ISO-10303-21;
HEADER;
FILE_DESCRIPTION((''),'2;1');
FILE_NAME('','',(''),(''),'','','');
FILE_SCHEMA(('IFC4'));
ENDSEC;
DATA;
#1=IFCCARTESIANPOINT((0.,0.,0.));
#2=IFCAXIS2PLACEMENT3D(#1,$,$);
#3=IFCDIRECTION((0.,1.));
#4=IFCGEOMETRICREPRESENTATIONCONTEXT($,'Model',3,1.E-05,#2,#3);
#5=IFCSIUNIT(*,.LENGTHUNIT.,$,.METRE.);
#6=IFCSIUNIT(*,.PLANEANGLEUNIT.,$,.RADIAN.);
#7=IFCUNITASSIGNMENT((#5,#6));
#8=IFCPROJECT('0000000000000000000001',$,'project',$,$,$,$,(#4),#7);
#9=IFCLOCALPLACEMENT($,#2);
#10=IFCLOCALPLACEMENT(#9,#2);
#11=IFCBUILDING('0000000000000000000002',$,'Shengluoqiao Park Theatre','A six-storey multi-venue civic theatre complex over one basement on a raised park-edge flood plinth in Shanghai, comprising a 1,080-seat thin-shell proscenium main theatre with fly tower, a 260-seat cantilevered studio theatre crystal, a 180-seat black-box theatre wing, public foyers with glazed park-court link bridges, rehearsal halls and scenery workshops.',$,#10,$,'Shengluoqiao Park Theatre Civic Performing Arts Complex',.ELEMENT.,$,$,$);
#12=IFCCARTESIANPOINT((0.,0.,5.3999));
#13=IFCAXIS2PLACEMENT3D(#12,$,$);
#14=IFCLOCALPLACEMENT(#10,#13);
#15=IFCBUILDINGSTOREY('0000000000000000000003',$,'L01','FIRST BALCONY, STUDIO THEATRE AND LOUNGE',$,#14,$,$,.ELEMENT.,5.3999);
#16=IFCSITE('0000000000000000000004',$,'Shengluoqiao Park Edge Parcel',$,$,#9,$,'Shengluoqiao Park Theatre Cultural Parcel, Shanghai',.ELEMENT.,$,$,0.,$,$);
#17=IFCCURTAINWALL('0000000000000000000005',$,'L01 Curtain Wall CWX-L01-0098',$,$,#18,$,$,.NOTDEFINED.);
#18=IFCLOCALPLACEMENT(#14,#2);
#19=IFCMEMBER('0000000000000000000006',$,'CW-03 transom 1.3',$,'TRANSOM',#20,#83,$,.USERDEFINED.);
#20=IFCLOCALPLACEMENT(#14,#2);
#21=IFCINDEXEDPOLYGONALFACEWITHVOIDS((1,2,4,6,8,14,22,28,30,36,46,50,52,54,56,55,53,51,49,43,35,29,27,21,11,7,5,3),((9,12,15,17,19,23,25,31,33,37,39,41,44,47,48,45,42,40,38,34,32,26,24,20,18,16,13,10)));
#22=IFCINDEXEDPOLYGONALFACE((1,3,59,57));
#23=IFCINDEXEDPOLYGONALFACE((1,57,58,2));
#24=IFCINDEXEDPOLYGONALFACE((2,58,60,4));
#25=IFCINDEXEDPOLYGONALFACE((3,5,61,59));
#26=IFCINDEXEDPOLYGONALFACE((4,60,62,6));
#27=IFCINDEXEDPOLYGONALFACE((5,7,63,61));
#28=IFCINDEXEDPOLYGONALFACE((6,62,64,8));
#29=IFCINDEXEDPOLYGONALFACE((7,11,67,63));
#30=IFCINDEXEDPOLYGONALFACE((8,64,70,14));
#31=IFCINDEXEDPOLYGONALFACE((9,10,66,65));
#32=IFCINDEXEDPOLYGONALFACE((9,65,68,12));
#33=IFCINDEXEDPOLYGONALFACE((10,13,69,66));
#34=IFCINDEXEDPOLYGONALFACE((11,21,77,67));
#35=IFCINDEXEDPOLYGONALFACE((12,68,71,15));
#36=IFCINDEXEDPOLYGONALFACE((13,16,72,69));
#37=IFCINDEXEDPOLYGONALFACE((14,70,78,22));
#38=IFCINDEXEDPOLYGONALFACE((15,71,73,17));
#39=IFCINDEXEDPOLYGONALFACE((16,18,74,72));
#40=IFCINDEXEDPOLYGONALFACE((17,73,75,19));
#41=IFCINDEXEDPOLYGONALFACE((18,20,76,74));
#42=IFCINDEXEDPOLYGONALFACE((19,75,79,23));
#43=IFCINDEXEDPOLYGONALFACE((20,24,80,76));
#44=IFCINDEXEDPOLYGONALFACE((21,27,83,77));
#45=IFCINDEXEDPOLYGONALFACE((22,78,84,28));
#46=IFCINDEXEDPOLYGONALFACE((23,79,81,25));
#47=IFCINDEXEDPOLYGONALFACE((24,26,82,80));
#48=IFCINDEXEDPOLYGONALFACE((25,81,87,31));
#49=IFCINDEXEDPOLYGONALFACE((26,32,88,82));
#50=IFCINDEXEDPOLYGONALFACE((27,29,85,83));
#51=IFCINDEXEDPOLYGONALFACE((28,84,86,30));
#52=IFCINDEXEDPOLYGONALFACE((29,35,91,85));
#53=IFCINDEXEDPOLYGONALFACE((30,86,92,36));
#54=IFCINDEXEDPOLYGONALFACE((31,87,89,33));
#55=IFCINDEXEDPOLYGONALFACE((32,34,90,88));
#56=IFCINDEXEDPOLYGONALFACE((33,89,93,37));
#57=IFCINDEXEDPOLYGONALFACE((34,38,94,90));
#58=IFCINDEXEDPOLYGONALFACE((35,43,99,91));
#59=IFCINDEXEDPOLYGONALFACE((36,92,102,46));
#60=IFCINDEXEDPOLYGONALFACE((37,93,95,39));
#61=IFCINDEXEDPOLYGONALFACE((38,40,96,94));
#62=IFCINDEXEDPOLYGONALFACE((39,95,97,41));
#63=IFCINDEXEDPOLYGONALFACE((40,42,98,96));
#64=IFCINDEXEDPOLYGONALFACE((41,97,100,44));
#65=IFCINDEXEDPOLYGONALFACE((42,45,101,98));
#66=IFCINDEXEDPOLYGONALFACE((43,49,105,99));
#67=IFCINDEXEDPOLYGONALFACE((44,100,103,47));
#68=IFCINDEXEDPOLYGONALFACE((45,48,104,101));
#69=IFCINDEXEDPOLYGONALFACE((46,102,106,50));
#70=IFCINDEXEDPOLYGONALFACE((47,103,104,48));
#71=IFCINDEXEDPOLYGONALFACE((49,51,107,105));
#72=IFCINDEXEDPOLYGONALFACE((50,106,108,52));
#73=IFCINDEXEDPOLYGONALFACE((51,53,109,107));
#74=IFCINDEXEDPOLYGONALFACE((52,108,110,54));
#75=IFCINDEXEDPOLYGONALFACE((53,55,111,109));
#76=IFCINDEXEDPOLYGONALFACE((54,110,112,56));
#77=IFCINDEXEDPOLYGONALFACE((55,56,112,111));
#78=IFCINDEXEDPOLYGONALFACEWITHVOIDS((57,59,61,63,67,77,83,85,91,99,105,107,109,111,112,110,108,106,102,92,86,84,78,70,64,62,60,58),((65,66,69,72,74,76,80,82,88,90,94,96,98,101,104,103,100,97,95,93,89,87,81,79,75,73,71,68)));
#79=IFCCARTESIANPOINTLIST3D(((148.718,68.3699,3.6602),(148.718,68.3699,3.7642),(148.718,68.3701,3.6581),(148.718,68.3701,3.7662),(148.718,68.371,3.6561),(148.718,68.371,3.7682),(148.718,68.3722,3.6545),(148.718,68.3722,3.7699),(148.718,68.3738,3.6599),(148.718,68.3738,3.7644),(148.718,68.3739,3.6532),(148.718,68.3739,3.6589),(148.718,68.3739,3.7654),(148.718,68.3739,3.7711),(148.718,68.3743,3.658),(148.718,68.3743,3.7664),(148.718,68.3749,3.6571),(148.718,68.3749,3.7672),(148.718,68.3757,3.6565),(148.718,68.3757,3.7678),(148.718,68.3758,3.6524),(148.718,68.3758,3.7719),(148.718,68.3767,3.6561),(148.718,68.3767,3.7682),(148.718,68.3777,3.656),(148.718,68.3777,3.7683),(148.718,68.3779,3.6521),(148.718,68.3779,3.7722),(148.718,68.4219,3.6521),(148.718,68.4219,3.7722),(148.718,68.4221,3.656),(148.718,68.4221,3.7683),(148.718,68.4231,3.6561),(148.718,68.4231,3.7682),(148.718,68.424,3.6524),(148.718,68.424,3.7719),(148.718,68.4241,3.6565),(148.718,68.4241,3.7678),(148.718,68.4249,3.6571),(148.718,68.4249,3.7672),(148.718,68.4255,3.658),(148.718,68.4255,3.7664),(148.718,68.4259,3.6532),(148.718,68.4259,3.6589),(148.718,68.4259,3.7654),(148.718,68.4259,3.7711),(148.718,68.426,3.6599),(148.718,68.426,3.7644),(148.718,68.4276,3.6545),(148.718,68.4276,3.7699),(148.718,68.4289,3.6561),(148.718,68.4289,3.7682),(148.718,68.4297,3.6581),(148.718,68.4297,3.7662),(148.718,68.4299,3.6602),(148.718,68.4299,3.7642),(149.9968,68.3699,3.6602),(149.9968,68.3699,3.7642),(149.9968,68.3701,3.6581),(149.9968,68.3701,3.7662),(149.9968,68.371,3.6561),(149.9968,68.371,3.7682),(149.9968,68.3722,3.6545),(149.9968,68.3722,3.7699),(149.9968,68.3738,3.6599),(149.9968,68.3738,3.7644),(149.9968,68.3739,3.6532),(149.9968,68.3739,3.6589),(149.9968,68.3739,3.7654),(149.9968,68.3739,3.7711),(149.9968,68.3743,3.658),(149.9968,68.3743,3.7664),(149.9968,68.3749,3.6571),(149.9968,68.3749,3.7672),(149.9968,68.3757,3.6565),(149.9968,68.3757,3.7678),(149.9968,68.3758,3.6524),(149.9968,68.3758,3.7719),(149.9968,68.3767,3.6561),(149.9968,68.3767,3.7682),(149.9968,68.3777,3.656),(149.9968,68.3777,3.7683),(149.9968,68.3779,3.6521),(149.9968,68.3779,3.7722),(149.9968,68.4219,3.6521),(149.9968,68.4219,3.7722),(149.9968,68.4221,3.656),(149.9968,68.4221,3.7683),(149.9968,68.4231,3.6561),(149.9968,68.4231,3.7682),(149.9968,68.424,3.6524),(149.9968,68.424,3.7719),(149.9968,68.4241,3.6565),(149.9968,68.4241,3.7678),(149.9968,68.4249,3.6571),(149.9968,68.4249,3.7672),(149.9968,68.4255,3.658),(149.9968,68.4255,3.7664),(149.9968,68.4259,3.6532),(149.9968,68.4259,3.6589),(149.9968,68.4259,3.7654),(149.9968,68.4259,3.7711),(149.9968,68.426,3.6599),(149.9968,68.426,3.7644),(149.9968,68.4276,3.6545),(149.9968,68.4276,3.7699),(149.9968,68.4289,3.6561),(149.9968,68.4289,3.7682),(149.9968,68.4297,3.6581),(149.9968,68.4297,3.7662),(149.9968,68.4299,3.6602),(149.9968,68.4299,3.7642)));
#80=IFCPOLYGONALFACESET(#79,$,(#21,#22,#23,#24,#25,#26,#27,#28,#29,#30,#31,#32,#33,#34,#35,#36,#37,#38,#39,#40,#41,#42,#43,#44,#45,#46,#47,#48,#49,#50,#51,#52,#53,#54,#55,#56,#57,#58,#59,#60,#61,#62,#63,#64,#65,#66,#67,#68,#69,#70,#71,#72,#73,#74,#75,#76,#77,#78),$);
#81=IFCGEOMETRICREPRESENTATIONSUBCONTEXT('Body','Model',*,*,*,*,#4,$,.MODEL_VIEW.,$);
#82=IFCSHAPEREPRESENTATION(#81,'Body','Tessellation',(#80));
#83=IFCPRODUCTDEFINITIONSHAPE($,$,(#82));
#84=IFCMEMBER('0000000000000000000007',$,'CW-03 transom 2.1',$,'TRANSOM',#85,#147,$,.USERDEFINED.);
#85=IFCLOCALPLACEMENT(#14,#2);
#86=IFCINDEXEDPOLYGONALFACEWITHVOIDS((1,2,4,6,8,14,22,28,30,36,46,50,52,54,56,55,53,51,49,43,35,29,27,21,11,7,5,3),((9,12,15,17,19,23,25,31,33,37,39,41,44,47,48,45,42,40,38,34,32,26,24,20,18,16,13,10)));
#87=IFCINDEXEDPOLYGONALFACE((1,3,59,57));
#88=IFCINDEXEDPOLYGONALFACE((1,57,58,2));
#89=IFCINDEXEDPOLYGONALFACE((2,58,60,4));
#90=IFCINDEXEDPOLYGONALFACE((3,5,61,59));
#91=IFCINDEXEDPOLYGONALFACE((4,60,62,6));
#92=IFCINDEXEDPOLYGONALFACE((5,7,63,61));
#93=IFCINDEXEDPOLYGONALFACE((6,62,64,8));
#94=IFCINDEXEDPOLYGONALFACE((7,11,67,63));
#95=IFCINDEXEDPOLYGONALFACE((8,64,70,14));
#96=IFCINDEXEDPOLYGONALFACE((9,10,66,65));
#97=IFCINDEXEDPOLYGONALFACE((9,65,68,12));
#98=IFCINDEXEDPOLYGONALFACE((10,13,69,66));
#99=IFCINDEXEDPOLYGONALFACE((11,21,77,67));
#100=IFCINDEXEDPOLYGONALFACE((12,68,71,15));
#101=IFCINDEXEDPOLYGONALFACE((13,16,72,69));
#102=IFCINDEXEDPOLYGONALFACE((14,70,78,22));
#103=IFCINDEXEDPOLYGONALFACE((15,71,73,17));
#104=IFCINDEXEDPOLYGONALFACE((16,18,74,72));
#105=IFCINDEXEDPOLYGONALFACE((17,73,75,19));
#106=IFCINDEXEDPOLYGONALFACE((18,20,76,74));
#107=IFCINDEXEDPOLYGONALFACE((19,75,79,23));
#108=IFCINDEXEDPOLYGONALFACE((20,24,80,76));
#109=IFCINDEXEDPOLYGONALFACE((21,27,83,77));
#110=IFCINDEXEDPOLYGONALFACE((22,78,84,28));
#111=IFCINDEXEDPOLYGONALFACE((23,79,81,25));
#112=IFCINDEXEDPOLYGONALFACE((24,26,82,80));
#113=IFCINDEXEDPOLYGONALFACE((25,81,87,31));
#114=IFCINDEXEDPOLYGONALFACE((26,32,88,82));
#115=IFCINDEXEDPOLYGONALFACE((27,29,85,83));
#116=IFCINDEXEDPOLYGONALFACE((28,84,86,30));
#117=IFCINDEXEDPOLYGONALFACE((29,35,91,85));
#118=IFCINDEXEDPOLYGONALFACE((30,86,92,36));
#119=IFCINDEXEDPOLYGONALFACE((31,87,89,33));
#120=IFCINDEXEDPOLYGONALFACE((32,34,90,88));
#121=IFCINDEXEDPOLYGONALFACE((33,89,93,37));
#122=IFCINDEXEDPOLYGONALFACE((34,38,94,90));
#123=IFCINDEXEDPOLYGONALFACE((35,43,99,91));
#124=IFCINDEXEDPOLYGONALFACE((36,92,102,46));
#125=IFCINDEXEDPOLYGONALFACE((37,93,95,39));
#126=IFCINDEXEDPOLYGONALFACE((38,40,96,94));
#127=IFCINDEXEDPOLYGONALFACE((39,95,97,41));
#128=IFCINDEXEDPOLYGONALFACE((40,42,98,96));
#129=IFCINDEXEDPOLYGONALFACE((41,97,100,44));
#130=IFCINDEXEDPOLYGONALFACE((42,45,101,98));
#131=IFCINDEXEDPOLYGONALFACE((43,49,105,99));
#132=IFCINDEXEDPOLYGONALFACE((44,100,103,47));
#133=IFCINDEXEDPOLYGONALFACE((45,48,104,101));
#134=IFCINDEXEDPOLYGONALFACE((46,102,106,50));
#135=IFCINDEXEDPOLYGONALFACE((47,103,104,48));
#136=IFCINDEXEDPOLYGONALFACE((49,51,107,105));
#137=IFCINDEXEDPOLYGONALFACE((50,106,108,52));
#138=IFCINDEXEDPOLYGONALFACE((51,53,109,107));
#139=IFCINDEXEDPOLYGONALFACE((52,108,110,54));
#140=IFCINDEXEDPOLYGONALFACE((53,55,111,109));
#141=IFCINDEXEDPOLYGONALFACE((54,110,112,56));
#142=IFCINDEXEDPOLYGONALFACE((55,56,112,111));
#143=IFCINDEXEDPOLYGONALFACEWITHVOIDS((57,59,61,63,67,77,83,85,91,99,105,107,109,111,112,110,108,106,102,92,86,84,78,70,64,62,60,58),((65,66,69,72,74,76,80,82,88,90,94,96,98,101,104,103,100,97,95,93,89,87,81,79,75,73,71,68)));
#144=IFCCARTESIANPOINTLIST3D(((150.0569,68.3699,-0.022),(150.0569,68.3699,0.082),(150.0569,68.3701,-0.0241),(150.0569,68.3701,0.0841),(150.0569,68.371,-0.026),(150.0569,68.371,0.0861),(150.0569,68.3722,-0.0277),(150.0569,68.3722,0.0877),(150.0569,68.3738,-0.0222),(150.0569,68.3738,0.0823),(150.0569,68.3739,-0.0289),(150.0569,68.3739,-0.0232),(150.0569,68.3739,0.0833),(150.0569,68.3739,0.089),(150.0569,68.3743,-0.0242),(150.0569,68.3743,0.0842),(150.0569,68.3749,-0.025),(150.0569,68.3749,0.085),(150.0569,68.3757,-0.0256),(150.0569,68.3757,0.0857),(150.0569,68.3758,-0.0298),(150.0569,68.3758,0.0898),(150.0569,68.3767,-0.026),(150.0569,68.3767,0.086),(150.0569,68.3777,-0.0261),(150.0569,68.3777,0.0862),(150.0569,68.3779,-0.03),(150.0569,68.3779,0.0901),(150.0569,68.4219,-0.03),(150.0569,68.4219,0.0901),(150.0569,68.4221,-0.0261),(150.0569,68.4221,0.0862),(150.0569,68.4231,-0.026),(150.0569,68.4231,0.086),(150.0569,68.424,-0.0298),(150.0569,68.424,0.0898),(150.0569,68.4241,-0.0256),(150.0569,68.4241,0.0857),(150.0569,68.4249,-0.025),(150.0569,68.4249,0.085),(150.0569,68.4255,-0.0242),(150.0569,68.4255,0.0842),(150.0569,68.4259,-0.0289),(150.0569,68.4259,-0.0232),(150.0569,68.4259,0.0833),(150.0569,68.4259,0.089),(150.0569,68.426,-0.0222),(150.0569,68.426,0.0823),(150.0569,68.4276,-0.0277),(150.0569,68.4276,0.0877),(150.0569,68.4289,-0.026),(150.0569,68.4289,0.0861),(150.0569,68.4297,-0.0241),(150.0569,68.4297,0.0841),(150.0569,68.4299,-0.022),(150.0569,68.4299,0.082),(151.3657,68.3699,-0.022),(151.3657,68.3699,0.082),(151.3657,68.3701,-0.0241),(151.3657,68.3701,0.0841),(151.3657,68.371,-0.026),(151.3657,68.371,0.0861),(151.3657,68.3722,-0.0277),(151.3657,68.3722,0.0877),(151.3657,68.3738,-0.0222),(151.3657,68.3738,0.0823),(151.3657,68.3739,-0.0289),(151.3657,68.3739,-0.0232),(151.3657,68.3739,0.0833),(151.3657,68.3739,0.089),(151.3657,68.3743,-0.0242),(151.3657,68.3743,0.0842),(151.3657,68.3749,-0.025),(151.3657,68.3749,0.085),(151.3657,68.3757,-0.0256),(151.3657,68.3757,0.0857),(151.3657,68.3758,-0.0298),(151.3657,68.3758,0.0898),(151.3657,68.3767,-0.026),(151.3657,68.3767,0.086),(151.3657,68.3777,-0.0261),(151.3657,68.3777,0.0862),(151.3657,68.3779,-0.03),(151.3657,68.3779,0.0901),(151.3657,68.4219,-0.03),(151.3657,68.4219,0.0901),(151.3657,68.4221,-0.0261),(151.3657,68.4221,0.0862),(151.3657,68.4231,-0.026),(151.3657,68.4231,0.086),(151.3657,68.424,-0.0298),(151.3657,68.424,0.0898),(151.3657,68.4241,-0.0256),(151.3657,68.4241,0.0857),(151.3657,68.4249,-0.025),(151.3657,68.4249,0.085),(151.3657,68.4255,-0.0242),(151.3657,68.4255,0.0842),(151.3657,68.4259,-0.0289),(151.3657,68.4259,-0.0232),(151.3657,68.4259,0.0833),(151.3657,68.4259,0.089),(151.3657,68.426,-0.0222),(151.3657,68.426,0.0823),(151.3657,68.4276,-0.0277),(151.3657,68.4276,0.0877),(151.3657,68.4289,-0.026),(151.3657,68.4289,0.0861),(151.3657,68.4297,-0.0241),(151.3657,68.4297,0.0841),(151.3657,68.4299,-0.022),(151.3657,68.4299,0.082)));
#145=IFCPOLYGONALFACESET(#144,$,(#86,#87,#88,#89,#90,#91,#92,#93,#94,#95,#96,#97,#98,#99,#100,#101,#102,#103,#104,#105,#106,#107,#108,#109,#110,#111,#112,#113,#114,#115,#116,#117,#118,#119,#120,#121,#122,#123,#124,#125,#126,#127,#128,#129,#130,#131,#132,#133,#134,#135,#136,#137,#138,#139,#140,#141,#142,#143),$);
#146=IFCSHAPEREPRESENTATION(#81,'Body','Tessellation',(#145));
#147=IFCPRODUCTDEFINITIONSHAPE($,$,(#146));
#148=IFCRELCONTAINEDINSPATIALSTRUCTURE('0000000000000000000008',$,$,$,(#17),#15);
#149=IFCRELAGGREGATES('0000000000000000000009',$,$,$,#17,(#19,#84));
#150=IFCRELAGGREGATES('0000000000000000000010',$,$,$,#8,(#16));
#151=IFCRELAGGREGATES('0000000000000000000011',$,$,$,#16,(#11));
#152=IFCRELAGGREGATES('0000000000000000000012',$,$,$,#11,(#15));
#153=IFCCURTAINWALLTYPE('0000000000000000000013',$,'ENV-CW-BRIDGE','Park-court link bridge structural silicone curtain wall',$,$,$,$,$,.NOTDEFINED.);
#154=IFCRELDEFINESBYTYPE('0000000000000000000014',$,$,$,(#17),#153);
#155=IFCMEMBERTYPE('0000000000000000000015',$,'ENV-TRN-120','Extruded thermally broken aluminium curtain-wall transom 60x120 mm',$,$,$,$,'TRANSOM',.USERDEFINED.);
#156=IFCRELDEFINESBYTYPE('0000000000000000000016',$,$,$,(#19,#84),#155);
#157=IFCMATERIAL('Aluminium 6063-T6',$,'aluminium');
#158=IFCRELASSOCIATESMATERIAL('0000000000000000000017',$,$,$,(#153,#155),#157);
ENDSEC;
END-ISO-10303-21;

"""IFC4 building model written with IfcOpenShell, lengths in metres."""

from ifc_helpers import new_model, si_unit, direction, frame, origin, origin_2d, place, context, subcontext, project, spatial, hollow_rectangle, extrude, material, material_profile, profile_set, type_object, element, aggregate, save


model = new_model("IFC4")

# Units and contexts
model_context = context("Model", 3, precision=1e-05, world=origin(), true_north=direction((0.0, 1.0)))
body_context = subcontext(model_context, "Body", "Model", "MODEL_VIEW")
ifc_project = project(units=[si_unit("LENGTHUNIT", "METRE"), si_unit("PLANEANGLEUNIT", "RADIAN")], contexts=[model_context])

# Site, building, storey
site_placement = place(None, origin())
site = spatial("IfcSite", under=ifc_project, at=site_placement, Name="Shengluoqiao Park Edge Parcel", LongName="Shengluoqiao Park Theatre Cultural Parcel, Shanghai", CompositionType="ELEMENT", RefElevation=0.0)
building_placement = place(site_placement, origin())
building = spatial("IfcBuilding", under=site, at=building_placement, Name="Shengluoqiao Park Theatre", Description="A six-storey multi-venue civic theatre complex over one basement on a raised park-edge flood plinth in Shanghai, comprising a 1,080-seat thin-shell proscenium main theatre with fly tower, a 260-seat cantilevered studio theatre crystal, a 180-seat black-box theatre wing, public foyers with glazed park-court link bridges, rehearsal halls and scenery workshops.", LongName="Shengluoqiao Park Theatre Civic Performing Arts Complex", CompositionType="ELEMENT")
storey_placement = place(building_placement, frame((0.0, 0.0, 5.3999)))
storey = spatial("IfcBuildingStorey", under=building, at=storey_placement, Name="L01", Description="FIRST BALCONY, STUDIO THEATRE AND LOUNGE", CompositionType="ELEMENT", Elevation=5.3999)

# Curtain wall
ifc_material_1 = material(Name="Aluminium 6063-T6", Category="aluminium")
curtain_wall_type = type_object("IfcCurtainWallType", Name="ENV-CW-BRIDGE", Description="Park-court link bridge structural silicone curtain wall", PredefinedType="NOTDEFINED", material=ifc_material_1)
curtain_wall_1_placement = place(storey_placement, origin())
curtain_wall_1 = element("IfcCurtainWall", 1, at=curtain_wall_1_placement, inside=storey, type_object=curtain_wall_type, Name="L01 Curtain Wall CWX-L01-0098", PredefinedType="NOTDEFINED")

# Members
ifc_material_profile_1 = material_profile(ifc_material_1, hollow_rectangle(XDim=0.0601, YDim=0.1201, WallThickness=0.0039, InnerFilletRadius=0.0039, OuterFilletRadius=0.0081, at=origin_2d()), Name="ALU TRANSOM 120x60x4")
ifc_profile_set_1 = profile_set([ifc_material_profile_1], Name="Aluminium 6063-T6")
member_type_1 = type_object("IfcMemberType", Name="ENV-TRN-120", Description="Extruded thermally broken aluminium curtain-wall transom 60x120 mm", ElementType="TRANSOM", PredefinedType="USERDEFINED", material=ifc_profile_set_1)
member_1_placement = place(storey_placement, frame((148.718, 68.3999, 3.7122), z_axis=(1.0, 0.0, 0.0), x_axis=(0.0, 1.0, 0.0)))
member_1 = element("IfcMember", 2, at=member_1_placement, type_object=member_type_1, Name="CW-03 transom 1.3", ObjectType="TRANSOM", PredefinedType="USERDEFINED", context=body_context, shape_type="SweptSolid", body=[
    extrude(hollow_rectangle(XDim=0.0601, YDim=0.1201, WallThickness=0.0039, InnerFilletRadius=0.0039, OuterFilletRadius=0.0081, at=origin_2d()), origin(), (0.0, 0.0, 1.0), 1.2788),
])
member_2_placement = place(storey_placement, frame((150.0569, 68.3999, 0.03), z_axis=(1.0, 0.0, 0.0), x_axis=(0.0, 1.0, 0.0)))
member_2 = element("IfcMember", 3, at=member_2_placement, type_object=member_type_1, Name="CW-03 transom 2.1", ObjectType="TRANSOM", PredefinedType="USERDEFINED", context=body_context, shape_type="SweptSolid", body=[
    extrude(hollow_rectangle(XDim=0.0601, YDim=0.1201, WallThickness=0.0039, InnerFilletRadius=0.0039, OuterFilletRadius=0.0081, at=origin_2d()), origin(), (0.0, 0.0, 1.0), 1.3088),
])

aggregate(curtain_wall_1, [member_1, member_2])

save(model, "model.ifc")
